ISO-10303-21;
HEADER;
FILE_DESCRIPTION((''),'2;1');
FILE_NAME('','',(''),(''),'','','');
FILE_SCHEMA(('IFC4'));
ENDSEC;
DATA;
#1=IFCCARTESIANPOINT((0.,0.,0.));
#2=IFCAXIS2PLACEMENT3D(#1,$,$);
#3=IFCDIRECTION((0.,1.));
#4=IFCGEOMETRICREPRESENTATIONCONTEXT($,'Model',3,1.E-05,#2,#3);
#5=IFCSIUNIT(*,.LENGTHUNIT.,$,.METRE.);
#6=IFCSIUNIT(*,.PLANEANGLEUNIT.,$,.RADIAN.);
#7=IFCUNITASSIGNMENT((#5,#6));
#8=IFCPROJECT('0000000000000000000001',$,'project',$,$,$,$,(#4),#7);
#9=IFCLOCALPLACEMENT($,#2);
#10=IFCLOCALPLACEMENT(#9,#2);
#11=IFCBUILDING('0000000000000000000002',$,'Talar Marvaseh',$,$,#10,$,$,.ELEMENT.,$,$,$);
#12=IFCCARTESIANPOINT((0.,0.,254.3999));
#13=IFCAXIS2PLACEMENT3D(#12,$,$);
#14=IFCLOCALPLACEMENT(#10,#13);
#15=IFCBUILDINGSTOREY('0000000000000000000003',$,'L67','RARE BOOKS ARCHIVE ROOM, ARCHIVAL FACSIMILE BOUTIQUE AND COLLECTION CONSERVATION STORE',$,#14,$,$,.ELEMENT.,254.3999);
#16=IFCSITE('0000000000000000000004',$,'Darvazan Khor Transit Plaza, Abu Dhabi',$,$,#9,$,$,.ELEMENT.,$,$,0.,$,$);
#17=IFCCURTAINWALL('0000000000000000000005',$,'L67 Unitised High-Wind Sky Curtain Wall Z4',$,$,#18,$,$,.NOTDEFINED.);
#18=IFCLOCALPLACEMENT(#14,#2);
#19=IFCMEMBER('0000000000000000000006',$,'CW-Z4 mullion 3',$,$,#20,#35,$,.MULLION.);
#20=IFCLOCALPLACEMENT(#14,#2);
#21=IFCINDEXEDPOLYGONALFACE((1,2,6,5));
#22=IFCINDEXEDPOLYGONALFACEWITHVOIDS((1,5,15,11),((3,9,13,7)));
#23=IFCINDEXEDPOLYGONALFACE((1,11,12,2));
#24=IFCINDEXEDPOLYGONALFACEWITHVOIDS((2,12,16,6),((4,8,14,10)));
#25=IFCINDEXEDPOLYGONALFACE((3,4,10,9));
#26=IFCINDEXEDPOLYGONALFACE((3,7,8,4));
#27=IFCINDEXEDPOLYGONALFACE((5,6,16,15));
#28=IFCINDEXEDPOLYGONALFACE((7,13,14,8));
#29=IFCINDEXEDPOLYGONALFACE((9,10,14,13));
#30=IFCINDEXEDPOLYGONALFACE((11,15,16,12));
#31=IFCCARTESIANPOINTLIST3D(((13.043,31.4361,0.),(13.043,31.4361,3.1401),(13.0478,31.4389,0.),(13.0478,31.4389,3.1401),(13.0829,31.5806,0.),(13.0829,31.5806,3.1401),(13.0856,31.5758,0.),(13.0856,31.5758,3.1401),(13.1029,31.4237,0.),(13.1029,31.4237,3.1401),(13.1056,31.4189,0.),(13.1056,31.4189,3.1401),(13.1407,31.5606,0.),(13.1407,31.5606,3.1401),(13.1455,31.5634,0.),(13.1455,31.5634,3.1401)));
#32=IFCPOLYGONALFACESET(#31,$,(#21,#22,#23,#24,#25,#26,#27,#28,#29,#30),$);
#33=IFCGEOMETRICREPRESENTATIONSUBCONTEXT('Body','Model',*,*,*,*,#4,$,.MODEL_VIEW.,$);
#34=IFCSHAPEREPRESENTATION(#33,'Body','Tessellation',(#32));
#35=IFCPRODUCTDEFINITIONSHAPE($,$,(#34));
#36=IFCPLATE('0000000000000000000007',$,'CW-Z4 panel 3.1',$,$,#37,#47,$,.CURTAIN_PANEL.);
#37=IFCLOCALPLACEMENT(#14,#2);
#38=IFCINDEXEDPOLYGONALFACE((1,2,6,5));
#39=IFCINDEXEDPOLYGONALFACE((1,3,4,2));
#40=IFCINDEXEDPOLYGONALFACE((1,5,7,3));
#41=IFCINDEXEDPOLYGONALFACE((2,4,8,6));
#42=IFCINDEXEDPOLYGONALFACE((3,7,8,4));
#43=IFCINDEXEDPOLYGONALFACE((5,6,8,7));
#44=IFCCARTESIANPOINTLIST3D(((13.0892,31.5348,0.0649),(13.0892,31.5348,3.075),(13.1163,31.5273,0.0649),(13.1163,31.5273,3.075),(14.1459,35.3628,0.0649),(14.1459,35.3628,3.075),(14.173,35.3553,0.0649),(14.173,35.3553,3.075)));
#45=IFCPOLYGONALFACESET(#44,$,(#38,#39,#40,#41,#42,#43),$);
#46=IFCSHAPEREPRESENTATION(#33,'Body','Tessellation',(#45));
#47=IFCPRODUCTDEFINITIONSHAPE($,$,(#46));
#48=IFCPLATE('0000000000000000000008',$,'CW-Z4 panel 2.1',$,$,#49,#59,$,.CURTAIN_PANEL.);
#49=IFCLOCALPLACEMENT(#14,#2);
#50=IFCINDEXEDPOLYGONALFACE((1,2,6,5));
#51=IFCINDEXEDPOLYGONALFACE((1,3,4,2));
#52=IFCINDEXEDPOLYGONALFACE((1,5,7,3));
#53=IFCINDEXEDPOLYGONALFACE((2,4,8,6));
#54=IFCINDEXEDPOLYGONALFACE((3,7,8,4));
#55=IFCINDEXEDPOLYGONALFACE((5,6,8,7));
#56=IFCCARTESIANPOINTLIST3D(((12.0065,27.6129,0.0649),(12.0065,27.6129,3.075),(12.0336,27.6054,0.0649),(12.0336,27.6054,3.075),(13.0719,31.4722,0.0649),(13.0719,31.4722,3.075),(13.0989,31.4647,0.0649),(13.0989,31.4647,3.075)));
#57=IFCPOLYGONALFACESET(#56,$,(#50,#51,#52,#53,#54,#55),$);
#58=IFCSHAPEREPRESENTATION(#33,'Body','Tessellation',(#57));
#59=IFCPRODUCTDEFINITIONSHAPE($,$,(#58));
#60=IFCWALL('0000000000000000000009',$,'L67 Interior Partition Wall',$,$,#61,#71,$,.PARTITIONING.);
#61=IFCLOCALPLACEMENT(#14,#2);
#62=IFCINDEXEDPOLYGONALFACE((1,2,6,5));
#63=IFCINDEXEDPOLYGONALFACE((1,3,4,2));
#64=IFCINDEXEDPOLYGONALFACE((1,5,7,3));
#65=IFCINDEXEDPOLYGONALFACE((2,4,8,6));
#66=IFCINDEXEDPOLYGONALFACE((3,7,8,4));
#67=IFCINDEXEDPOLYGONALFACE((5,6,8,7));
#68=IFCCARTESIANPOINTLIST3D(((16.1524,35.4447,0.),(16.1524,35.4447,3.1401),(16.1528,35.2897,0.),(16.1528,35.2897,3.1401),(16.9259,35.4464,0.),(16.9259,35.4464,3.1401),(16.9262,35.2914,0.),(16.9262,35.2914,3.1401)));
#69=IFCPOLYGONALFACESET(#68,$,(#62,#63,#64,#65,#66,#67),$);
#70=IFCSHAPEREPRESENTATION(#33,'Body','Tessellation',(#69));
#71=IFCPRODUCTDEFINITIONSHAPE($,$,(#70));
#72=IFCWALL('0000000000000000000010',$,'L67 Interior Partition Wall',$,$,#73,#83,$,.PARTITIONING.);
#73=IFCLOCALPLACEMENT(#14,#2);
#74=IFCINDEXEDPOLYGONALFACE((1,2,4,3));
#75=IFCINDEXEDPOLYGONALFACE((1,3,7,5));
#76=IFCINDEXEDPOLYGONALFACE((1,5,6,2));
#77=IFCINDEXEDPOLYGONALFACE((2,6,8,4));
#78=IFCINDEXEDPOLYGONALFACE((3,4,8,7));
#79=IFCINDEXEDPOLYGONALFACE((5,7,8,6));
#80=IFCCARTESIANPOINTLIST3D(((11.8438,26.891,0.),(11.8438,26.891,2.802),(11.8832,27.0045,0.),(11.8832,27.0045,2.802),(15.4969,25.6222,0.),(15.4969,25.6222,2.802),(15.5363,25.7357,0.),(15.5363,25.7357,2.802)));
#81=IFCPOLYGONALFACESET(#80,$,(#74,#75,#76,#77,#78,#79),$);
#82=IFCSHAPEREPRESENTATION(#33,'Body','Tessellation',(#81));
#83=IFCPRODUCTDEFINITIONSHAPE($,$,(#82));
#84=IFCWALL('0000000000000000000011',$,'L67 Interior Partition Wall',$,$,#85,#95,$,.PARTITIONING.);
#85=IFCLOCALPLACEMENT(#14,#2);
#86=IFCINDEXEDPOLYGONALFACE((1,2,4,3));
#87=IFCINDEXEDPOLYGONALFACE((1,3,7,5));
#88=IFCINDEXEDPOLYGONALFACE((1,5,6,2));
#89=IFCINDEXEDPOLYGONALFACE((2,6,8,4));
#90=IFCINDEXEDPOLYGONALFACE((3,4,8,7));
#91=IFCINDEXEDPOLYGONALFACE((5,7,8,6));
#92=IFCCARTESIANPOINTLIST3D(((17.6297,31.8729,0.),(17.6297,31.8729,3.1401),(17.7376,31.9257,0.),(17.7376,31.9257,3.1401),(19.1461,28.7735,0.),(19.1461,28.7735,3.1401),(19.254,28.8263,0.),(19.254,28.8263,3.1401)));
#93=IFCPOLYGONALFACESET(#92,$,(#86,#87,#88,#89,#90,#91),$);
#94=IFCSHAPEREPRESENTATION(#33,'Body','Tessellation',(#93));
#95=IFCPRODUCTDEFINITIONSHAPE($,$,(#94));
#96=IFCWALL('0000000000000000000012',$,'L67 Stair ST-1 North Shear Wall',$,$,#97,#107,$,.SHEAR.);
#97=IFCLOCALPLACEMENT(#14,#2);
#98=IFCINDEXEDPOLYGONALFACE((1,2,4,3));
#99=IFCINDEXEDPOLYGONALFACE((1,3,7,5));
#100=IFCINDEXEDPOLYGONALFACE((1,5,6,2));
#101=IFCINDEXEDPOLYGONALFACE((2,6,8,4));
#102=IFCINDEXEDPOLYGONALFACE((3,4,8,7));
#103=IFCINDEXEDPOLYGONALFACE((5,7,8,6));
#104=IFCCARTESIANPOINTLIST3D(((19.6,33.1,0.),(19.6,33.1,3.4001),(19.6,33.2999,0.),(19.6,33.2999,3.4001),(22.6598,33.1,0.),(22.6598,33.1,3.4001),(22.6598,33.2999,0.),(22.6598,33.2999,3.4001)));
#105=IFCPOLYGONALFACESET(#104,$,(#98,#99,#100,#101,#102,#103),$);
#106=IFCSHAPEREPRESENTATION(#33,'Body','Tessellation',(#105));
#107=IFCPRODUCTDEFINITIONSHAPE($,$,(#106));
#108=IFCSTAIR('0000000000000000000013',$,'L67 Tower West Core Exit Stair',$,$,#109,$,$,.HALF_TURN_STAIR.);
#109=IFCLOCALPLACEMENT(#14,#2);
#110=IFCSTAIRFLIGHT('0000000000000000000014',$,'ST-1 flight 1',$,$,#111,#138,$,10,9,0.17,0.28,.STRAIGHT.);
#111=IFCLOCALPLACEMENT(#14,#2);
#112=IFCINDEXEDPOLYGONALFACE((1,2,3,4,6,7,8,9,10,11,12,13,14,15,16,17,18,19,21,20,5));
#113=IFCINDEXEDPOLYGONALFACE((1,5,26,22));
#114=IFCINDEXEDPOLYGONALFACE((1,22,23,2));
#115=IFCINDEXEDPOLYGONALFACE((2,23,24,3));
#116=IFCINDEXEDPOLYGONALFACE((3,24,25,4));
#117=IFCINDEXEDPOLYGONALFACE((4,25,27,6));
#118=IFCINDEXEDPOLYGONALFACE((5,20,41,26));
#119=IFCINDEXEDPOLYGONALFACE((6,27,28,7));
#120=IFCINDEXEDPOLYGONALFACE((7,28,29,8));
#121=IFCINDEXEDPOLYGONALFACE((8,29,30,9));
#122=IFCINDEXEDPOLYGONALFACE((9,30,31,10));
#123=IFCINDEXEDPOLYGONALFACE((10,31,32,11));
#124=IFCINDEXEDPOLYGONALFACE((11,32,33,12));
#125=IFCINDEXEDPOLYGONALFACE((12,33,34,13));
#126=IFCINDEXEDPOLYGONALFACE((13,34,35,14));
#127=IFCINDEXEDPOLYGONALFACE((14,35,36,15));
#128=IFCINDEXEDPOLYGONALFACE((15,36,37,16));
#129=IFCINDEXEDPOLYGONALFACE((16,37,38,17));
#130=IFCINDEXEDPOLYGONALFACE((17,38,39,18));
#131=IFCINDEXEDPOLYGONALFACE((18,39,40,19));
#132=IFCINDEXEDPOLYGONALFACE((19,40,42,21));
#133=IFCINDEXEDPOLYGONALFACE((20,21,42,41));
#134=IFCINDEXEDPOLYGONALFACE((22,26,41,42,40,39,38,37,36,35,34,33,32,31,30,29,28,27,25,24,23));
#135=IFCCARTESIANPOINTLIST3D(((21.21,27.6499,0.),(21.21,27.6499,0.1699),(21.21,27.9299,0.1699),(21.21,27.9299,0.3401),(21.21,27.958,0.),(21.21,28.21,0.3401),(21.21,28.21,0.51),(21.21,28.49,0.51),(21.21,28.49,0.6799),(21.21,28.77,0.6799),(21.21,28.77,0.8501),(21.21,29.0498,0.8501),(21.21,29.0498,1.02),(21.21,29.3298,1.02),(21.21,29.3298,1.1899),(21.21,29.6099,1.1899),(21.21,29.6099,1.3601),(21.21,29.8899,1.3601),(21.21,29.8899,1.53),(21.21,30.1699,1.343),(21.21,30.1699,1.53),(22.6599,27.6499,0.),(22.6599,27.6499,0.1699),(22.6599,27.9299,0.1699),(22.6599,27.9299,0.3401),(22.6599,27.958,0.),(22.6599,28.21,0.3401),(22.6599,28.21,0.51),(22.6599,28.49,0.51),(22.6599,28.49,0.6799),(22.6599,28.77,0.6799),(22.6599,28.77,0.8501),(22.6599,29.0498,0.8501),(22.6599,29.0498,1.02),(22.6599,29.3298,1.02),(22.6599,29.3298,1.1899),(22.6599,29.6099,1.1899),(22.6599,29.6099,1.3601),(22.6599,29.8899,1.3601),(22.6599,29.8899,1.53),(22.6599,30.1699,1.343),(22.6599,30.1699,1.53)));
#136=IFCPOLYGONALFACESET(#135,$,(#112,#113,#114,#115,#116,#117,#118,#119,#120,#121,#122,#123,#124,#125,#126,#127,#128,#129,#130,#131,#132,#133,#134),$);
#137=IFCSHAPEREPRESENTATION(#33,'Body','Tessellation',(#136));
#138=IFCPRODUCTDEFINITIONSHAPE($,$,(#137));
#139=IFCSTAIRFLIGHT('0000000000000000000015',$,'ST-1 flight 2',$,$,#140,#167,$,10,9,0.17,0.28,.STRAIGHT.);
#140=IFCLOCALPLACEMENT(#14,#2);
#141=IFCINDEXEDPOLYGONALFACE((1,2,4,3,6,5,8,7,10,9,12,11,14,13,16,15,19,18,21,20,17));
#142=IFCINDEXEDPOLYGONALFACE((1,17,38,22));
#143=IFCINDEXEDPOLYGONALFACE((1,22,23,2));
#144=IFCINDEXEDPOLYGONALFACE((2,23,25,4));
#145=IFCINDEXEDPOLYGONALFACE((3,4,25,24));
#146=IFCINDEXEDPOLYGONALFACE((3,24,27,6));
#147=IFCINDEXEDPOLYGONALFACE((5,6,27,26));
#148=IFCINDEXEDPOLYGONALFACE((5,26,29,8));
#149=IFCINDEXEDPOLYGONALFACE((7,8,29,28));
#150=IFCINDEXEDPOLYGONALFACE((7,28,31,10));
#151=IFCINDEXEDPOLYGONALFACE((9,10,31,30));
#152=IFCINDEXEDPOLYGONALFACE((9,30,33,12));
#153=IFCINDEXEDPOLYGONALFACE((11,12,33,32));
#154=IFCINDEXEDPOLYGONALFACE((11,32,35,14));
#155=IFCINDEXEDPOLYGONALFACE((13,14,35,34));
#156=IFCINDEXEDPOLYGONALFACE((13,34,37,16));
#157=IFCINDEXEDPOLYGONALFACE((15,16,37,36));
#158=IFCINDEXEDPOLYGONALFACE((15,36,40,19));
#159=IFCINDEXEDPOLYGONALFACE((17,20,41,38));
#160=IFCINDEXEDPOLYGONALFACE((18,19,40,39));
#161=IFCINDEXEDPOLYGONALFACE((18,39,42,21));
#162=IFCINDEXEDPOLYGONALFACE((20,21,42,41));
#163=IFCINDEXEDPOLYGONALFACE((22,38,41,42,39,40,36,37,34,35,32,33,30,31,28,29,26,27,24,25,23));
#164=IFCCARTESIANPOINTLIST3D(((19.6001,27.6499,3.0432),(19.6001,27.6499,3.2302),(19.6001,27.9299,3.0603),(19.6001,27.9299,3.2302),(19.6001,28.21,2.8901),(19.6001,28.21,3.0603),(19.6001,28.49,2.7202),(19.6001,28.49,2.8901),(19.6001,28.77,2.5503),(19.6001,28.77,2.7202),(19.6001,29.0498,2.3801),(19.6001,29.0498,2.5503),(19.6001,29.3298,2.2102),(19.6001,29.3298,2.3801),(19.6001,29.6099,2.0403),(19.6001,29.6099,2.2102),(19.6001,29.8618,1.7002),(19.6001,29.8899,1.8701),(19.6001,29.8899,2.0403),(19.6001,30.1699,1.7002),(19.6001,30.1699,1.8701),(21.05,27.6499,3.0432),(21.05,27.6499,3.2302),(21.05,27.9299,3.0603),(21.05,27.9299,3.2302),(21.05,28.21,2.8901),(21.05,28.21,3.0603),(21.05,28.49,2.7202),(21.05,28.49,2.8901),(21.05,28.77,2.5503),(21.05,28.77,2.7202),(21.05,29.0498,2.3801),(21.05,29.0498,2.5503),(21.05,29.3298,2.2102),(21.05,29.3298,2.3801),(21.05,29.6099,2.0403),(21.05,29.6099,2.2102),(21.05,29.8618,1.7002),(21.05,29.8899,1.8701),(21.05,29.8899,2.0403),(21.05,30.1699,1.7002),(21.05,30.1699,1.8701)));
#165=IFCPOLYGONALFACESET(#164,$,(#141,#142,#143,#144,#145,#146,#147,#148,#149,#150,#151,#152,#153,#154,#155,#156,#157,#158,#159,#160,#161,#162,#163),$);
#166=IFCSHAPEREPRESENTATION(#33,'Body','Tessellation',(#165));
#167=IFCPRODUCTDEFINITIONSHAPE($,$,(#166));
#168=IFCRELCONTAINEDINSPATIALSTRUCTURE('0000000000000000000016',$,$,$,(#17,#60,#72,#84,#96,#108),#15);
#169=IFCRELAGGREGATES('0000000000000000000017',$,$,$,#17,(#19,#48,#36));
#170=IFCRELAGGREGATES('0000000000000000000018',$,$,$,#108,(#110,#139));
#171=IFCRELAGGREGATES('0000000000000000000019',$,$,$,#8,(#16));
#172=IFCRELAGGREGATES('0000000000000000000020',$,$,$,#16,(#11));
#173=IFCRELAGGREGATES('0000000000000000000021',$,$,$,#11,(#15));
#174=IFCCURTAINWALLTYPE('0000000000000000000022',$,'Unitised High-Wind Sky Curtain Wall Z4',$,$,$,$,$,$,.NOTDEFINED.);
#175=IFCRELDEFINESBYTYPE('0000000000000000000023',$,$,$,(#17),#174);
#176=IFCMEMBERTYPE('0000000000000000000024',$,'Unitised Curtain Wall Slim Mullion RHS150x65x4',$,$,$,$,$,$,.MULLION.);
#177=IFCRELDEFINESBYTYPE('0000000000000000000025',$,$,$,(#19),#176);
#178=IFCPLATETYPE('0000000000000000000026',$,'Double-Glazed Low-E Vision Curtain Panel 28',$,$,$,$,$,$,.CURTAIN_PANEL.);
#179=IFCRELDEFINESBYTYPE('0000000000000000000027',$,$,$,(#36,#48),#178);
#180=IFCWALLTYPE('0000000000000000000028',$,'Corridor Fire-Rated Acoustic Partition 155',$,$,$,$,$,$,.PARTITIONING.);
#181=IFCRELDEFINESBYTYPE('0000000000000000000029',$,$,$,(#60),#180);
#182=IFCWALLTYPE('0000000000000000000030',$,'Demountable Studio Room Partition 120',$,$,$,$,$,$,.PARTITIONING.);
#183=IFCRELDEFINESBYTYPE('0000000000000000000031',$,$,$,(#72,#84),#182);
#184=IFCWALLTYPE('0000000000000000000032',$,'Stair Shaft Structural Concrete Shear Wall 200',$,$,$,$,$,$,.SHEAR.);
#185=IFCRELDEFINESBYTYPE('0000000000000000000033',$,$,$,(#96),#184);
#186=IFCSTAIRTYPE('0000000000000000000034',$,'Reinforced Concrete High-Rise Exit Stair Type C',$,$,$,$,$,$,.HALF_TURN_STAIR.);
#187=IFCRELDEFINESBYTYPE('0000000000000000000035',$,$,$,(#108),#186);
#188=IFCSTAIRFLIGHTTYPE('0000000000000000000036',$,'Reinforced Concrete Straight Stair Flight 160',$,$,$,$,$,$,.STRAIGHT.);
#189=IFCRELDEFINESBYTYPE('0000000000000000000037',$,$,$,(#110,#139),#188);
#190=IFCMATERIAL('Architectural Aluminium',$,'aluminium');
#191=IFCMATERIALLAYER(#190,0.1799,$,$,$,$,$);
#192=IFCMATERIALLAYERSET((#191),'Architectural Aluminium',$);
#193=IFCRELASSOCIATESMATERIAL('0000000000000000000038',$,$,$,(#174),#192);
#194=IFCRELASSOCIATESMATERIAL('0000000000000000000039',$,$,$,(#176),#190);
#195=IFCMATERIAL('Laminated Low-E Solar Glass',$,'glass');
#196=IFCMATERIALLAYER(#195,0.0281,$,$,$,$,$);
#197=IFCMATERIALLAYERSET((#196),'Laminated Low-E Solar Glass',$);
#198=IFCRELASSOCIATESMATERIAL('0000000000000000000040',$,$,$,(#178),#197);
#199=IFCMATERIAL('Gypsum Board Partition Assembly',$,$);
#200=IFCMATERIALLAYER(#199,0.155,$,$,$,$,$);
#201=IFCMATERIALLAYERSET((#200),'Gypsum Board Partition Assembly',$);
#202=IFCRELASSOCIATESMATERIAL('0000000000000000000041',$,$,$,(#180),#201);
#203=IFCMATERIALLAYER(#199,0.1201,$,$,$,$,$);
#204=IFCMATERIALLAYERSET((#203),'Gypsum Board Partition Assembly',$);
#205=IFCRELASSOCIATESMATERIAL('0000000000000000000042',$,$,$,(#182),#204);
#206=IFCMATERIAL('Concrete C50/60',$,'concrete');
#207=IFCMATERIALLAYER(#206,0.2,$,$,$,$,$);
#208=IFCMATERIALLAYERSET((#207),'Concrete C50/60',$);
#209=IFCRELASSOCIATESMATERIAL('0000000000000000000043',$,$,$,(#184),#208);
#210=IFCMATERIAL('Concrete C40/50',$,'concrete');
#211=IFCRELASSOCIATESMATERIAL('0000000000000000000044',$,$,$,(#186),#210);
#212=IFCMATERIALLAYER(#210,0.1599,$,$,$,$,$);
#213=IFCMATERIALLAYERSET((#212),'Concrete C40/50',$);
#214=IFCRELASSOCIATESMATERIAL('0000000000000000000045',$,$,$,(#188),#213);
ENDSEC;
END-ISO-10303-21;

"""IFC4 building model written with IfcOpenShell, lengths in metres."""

from ifc_helpers import new_model, si_unit, direction, frame, frame_2d, origin, origin_2d, place, context, subcontext, project, spatial, polyline, rectangle, hollow_rectangle, outline, extrude, source, transform, mapped, material, layer, layer_set, material_profile, profile_set, type_object, type_shapes, element, aggregate, save


model = new_model("IFC4")

# Units and contexts
model_context = context("Model", 3, precision=1e-05, world=origin(), true_north=direction((0.0, 1.0)))
body_context = subcontext(model_context, "Body", "Model", "MODEL_VIEW")
ifc_project = project(units=[si_unit("LENGTHUNIT", "METRE"), si_unit("PLANEANGLEUNIT", "RADIAN")], contexts=[model_context])

# Site, building, storey
site_placement = place(None, origin())
site = spatial("IfcSite", under=ifc_project, at=site_placement, Name="Darvazan Khor Transit Plaza, Abu Dhabi", CompositionType="ELEMENT", RefElevation=0.0)
building_placement = place(site_placement, origin())
building = spatial("IfcBuilding", under=site, at=building_placement, Name="Talar Marvaseh", CompositionType="ELEMENT")
storey_placement = place(building_placement, frame((0.0, 0.0, 254.3999)))
storey = spatial("IfcBuildingStorey", under=building, at=storey_placement, Name="L67", Description="RARE BOOKS ARCHIVE ROOM, ARCHIVAL FACSIMILE BOUTIQUE AND COLLECTION CONSERVATION STORE", CompositionType="ELEMENT", Elevation=254.3999)

# Shared definitions
ifc_material_1 = material(Name="Concrete C50/60", Category="concrete")

# Curtain wall, member, plates
ifc_material_2 = material(Name="Architectural Aluminium", Category="aluminium")
ifc_layer_1 = layer(ifc_material_2, 0.1799)
ifc_layer_set_1 = layer_set([ifc_layer_1], Name="Architectural Aluminium")
curtain_wall_type = type_object("IfcCurtainWallType", Name="Unitised High-Wind Sky Curtain Wall Z4", PredefinedType="NOTDEFINED", material=ifc_layer_set_1)
curtain_wall_placement = place(storey_placement, origin())
curtain_wall = element("IfcCurtainWall", 1, at=curtain_wall_placement, inside=storey, type_object=curtain_wall_type, Name="L67 Unitised High-Wind Sky Curtain Wall Z4", PredefinedType="NOTDEFINED")
ifc_material_profile_1 = material_profile(ifc_material_2, hollow_rectangle(XDim=0.0649, YDim=0.1499, WallThickness=0.0039, at=origin_2d()), Name="RHS150x65x4")
ifc_profile_set_1 = profile_set([ifc_material_profile_1], Name="Architectural Aluminium")
member_type_1 = type_object("IfcMemberType", Name="Unitised Curtain Wall Slim Mullion RHS150x65x4", PredefinedType="MULLION", material=ifc_profile_set_1)
shared_shape_1 = source(origin(), body_context, "Body", "SweptSolid", [
    extrude(hollow_rectangle(XDim=0.0649, YDim=0.1499, WallThickness=0.0039, at=origin_2d()), origin(), (0.0, 0.0, 1.0), 3.1401),
])
type_shapes(member_type_1, [shared_shape_1])
member_1_placement = place(storey_placement, frame((13.0942, 31.4998, 0.0), z_axis=(0.0, 0.0, 1.0), x_axis=(-0.963948, 0.266091, 0.0)))
member_1 = element("IfcMember", 2, at=member_1_placement, type_object=member_type_1, Name="CW-Z4 mullion 3", PredefinedType="MULLION", context=body_context, shape_type="MappedRepresentation", body=[
    mapped(shared_shape_1, transform((0.0, 0.0, 0.0), x_axis=(1.0, 0.0, 0.0), y_axis=(0.0, 1.0, 0.0), z_axis=(0.0, 0.0, 1.0), scale=1.0)),
])
ifc_material_3 = material(Name="Laminated Low-E Solar Glass", Category="glass")
ifc_layer_2 = layer(ifc_material_3, 0.0281)
ifc_layer_set_2 = layer_set([ifc_layer_2], Name="Laminated Low-E Solar Glass")
plate_type = type_object("IfcPlateType", Name="Double-Glazed Low-E Vision Curtain Panel 28", PredefinedType="CURTAIN_PANEL", material=ifc_layer_set_2)
shared_shape_2 = source(origin(), body_context, "Body", "SweptSolid", [
    extrude(rectangle(XDim=3.9712, YDim=0.0281, at=origin_2d()), origin(), (0.0, 0.0, 1.0), 3.01),
])
plate_1_placement = place(storey_placement, frame((13.6311, 33.4451, 0.0649), z_axis=(0.0, 0.0, 1.0), x_axis=(0.266091, 0.963948, 0.0)))
plate_1 = element("IfcPlate", 3, at=plate_1_placement, type_object=plate_type, Name="CW-Z4 panel 3.1", PredefinedType="CURTAIN_PANEL", context=body_context, shape_type="MappedRepresentation", body=[
    mapped(shared_shape_2, transform((0.0, 0.0, 0.0), x_axis=(1.0, 0.0, 0.0), y_axis=(0.0, 1.0, 0.0), z_axis=(0.0, 0.0, 1.0), scale=1.0)),
])
shared_shape_3 = source(origin(), body_context, "Body", "SweptSolid", [
    extrude(rectangle(XDim=4.0037, YDim=0.0281, at=origin_2d()), origin(), (0.0, 0.0, 1.0), 3.01),
])
type_shapes(plate_type, [shared_shape_2, shared_shape_3])
plate_2_placement = place(storey_placement, frame((12.5527, 29.5388, 0.0649), z_axis=(0.0, 0.0, 1.0), x_axis=(0.266091, 0.963948, 0.0)))
plate_2 = element("IfcPlate", 4, at=plate_2_placement, type_object=plate_type, Name="CW-Z4 panel 2.1", PredefinedType="CURTAIN_PANEL", context=body_context, shape_type="MappedRepresentation", body=[
    mapped(shared_shape_3, transform((0.0, 0.0, 0.0), x_axis=(1.0, 0.0, 0.0), y_axis=(0.0, 1.0, 0.0), z_axis=(0.0, 0.0, 1.0), scale=1.0)),
])
aggregate(curtain_wall, [member_1, plate_2, plate_1])

# Walls
ifc_material_4 = material(Name="Gypsum Board Partition Assembly")
ifc_layer_3 = layer(ifc_material_4, 0.155)
ifc_layer_set_3 = layer_set([ifc_layer_3], Name="Gypsum Board Partition Assembly")
wall_type_1 = type_object("IfcWallType", Name="Corridor Fire-Rated Acoustic Partition 155", PredefinedType="PARTITIONING", material=ifc_layer_set_3)
wall_1_placement = place(storey_placement, frame((16.1526, 35.3672, 0.0), z_axis=(0.0, 0.0, 1.0), x_axis=(0.999998, 0.00221, 0.0)))
element("IfcWall", 5, at=wall_1_placement, inside=storey, type_object=wall_type_1, Name="L67 Interior Partition Wall", PredefinedType="PARTITIONING", context=body_context, shape_type="SweptSolid", body=[
    extrude(rectangle(XDim=0.7734, YDim=0.155, at=frame_2d((0.3867, 0.0))), origin(), (0.0, 0.0, 1.0), 3.1401),
])
ifc_layer_4 = layer(ifc_material_4, 0.1201)
ifc_layer_set_4 = layer_set([ifc_layer_4], Name="Gypsum Board Partition Assembly")
wall_type_2 = type_object("IfcWallType", Name="Demountable Studio Room Partition 120", PredefinedType="PARTITIONING", material=ifc_layer_set_4)
wall_2_placement = place(storey_placement, frame((11.8635, 26.9478, 0.0), z_axis=(0.0, 0.0, 1.0), x_axis=(0.944644, -0.328097, 0.0)))
element("IfcWall", 6, at=wall_2_placement, inside=storey, type_object=wall_type_2, Name="L67 Interior Partition Wall", PredefinedType="PARTITIONING", context=body_context, shape_type="SweptSolid", body=[
    extrude(rectangle(XDim=3.8672, YDim=0.1201, at=frame_2d((1.9336, 0.0))), origin(), (0.0, 0.0, 1.0), 2.802),
])
wall_3_placement = place(storey_placement, frame((19.2, 28.8, 0.0), z_axis=(0.0, 0.0, 1.0), x_axis=(-0.43947, 0.898257, 0.0)))
element("IfcWall", 7, at=wall_3_placement, inside=storey, type_object=wall_type_2, Name="L67 Interior Partition Wall", PredefinedType="PARTITIONING", context=body_context, shape_type="SweptSolid", body=[
    extrude(rectangle(XDim=3.4504, YDim=0.1201, at=frame_2d((1.7251, 0.0))), origin(), (0.0, 0.0, 1.0), 3.1401),
])
ifc_layer_5 = layer(ifc_material_1, 0.2)
ifc_layer_set_5 = layer_set([ifc_layer_5], Name="Concrete C50/60")
wall_type_3 = type_object("IfcWallType", Name="Stair Shaft Structural Concrete Shear Wall 200", PredefinedType="SHEAR", material=ifc_layer_set_5)
wall_4_placement = place(storey_placement, frame((19.6001, 33.2, 0.0), z_axis=(0.0, 0.0, 1.0), x_axis=(1.0, 0.0, 0.0)))
element("IfcWall", 8, at=wall_4_placement, inside=storey, type_object=wall_type_3, Name="L67 Stair ST-1 North Shear Wall", PredefinedType="SHEAR", context=body_context, shape_type="SweptSolid", body=[
    extrude(rectangle(XDim=3.0598, YDim=0.2, at=frame_2d((1.5298, 0.0))), origin(), (0.0, 0.0, 1.0), 3.4001),
])

# Stair, stair flights
ifc_material_5 = material(Name="Concrete C40/50", Category="concrete")
stair_type = type_object("IfcStairType", Name="Reinforced Concrete High-Rise Exit Stair Type C", PredefinedType="HALF_TURN_STAIR", material=ifc_material_5)
stair_placement = place(storey_placement, origin())
stair = element("IfcStair", 9, at=stair_placement, inside=storey, type_object=stair_type, Name="L67 Tower West Core Exit Stair", PredefinedType="HALF_TURN_STAIR")
ifc_layer_6 = layer(ifc_material_5, 0.1599)
ifc_layer_set_6 = layer_set([ifc_layer_6], Name="Concrete C40/50")
stair_flight_type = type_object("IfcStairFlightType", Name="Reinforced Concrete Straight Stair Flight 160", PredefinedType="STRAIGHT", material=ifc_layer_set_6)
stair_flight_1_placement = place(storey_placement, frame((21.9351, 27.6499, 0.0), z_axis=(0.0, 0.0, 1.0), x_axis=(0.0, 1.0, 0.0)))
stair_flight_1 = element("IfcStairFlight", 10, at=stair_flight_1_placement, type_object=stair_flight_type, Name="ST-1 flight 1", NumberOfRisers=10, NumberOfTreads=9, PredefinedType="STRAIGHT", RiserHeight=0.17, TreadLength=0.28, context=body_context, shape_type="SweptSolid", body=[
    extrude(outline(polyline([(0.0, 0.0), (0.0, 0.1699), (0.28, 0.1699), (0.28, 0.3401), (0.5601, 0.3401), (0.5601, 0.51), (0.8401, 0.51), (0.8401, 0.6799), (1.1201, 0.6799), (1.1201, 0.8501), (1.3999, 0.8501), (1.3999, 1.02), (1.6799, 1.02), (1.6799, 1.1899), (1.96, 1.1899), (1.96, 1.3601), (2.24, 1.3601), (2.24, 1.53), (2.52, 1.53), (2.52, 1.7), (2.52, 1.343), (0.3081, 0.0), (0.0, 0.0)])), frame((0.0, 0.7251, 0.0), z_axis=(0.0, -1.0, 0.0), x_axis=(1.0, 0.0, 0.0)), (0.0, 0.0, 1.0), 1.45),
])
stair_flight_2_placement = place(storey_placement, frame((20.325, 30.1699, 1.7002), z_axis=(0.0, 0.0, 1.0), x_axis=(0.0, -1.0, 0.0)))
stair_flight_2 = element("IfcStairFlight", 11, at=stair_flight_2_placement, type_object=stair_flight_type, Name="ST-1 flight 2", NumberOfRisers=10, NumberOfTreads=9, PredefinedType="STRAIGHT", RiserHeight=0.17, TreadLength=0.28, context=body_context, shape_type="SweptSolid", body=[
    extrude(outline(polyline([(0.0, 0.0), (0.0, 0.1699), (0.28, 0.1699), (0.28, 0.3401), (0.5601, 0.3401), (0.5601, 0.51), (0.8401, 0.51), (0.8401, 0.6799), (1.1201, 0.6799), (1.1201, 0.8501), (1.3999, 0.8501), (1.3999, 1.02), (1.6799, 1.02), (1.6799, 1.1899), (1.96, 1.1899), (1.96, 1.3601), (2.24, 1.3601), (2.24, 1.53), (2.52, 1.53), (2.52, 1.7), (2.52, 1.343), (0.3081, 0.0), (0.0, 0.0)])), frame((0.0, 0.7251, 0.0), z_axis=(0.0, -1.0, 0.0), x_axis=(1.0, 0.0, 0.0)), (0.0, 0.0, 1.0), 1.45),
])
aggregate(stair, [stair_flight_1, stair_flight_2])

save(model, "model.ifc")
